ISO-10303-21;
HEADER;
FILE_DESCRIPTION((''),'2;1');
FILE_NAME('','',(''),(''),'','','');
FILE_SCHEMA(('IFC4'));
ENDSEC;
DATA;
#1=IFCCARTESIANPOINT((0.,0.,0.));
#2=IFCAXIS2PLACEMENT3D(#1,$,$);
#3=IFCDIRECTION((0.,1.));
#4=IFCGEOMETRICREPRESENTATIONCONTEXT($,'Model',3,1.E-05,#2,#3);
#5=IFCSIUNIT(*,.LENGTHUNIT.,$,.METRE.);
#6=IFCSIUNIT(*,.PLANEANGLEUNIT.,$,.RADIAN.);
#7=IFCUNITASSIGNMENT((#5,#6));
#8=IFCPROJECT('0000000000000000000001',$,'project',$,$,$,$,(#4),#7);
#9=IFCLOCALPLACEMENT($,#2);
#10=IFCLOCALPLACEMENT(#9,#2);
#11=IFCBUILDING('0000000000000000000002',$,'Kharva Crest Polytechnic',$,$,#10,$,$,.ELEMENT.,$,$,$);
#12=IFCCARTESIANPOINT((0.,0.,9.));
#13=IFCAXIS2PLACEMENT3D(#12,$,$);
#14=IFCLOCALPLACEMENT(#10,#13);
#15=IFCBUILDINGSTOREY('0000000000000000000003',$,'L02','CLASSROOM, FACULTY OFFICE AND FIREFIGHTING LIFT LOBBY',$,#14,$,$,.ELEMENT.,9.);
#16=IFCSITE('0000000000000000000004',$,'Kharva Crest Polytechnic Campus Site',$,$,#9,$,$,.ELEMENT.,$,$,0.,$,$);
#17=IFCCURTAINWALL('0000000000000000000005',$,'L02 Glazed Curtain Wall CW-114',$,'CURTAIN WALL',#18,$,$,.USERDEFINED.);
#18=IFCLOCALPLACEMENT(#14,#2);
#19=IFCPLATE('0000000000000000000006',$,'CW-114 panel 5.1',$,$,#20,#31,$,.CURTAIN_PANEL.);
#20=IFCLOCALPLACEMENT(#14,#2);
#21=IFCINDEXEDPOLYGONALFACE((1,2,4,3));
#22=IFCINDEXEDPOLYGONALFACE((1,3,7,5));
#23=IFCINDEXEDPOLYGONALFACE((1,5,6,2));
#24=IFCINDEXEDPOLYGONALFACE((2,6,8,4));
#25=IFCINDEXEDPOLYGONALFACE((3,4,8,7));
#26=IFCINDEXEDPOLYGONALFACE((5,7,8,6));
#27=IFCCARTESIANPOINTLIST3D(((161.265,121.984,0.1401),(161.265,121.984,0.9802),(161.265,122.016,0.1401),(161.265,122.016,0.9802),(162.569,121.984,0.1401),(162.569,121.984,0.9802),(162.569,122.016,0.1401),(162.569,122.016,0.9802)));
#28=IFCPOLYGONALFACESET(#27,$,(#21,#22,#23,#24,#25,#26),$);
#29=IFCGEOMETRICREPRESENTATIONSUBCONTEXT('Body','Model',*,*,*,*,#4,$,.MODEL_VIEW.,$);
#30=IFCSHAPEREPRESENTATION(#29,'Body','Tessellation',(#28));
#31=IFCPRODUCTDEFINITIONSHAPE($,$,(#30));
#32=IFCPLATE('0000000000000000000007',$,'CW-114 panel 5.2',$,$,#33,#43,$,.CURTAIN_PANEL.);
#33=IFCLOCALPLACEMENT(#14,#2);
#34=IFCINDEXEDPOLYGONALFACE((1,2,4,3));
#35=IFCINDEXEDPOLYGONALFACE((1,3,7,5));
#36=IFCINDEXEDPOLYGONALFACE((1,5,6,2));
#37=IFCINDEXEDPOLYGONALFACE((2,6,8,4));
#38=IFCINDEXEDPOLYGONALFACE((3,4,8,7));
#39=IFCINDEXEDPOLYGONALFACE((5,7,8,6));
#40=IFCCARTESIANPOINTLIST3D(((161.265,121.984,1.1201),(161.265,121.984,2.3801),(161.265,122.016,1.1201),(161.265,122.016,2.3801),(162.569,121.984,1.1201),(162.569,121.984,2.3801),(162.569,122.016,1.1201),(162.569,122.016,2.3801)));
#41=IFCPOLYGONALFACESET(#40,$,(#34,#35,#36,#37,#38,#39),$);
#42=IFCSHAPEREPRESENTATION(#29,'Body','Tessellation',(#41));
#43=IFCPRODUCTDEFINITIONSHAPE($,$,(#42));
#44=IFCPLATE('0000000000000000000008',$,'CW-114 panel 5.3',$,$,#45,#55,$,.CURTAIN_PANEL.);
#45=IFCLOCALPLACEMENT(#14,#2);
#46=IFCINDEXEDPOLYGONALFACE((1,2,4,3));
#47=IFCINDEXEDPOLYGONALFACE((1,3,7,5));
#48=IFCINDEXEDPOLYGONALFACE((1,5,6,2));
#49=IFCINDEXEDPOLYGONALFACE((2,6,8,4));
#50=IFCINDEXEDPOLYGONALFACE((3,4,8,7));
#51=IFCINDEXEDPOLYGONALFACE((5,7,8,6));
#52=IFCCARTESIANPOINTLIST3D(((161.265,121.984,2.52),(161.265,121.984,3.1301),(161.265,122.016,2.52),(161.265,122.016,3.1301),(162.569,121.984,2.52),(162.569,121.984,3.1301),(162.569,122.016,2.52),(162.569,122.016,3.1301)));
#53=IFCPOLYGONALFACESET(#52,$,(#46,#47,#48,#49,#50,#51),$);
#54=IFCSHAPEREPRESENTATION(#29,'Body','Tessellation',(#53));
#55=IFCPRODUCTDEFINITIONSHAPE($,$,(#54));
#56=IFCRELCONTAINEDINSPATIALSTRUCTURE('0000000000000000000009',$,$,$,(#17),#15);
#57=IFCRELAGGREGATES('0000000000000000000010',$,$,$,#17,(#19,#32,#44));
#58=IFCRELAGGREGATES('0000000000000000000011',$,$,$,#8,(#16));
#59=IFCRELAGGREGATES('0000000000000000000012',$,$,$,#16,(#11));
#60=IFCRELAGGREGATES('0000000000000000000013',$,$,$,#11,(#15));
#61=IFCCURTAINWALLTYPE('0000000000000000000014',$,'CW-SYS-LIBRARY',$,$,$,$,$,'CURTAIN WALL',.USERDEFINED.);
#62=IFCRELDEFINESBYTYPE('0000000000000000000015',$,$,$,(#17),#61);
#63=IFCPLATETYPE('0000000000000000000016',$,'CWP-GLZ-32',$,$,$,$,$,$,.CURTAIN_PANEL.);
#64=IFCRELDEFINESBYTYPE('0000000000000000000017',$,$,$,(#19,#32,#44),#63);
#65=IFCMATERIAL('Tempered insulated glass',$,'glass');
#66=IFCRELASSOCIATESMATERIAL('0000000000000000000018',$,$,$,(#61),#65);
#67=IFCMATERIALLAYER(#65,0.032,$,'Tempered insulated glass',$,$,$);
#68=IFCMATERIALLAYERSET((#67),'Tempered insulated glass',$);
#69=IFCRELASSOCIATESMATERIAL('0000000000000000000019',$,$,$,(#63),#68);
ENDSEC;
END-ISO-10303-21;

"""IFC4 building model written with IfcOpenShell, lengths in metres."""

from ifc_helpers import new_model, si_unit, direction, frame, origin, origin_2d, place, context, subcontext, project, spatial, rectangle, extrude, material, layer, layer_set, type_object, element, aggregate, save


model = new_model("IFC4")

# Units and contexts
model_context = context("Model", 3, precision=1e-05, world=origin(), true_north=direction((0.0, 1.0)))
body_context = subcontext(model_context, "Body", "Model", "MODEL_VIEW")
ifc_project = project(units=[si_unit("LENGTHUNIT", "METRE"), si_unit("PLANEANGLEUNIT", "RADIAN")], contexts=[model_context])

# Site, building, storey
site_placement = place(None, origin())
site = spatial("IfcSite", under=ifc_project, at=site_placement, Name="Kharva Crest Polytechnic Campus Site", CompositionType="ELEMENT", RefElevation=0.0)
building_placement = place(site_placement, origin())
building = spatial("IfcBuilding", under=site, at=building_placement, Name="Kharva Crest Polytechnic", CompositionType="ELEMENT")
storey_placement = place(building_placement, frame((0.0, 0.0, 9.0)))
storey = spatial("IfcBuildingStorey", under=building, at=storey_placement, Name="L02", Description="CLASSROOM, FACULTY OFFICE AND FIREFIGHTING LIFT LOBBY", CompositionType="ELEMENT", Elevation=9.0)

# Curtain wall
ifc_material_1 = material(Name="Tempered insulated glass", Category="glass")
curtain_wall_type = type_object("IfcCurtainWallType", Name="CW-SYS-LIBRARY", ElementType="CURTAIN WALL", PredefinedType="USERDEFINED", material=ifc_material_1)
curtain_wall_placement = place(storey_placement, origin())
curtain_wall = element("IfcCurtainWall", 1, at=curtain_wall_placement, inside=storey, type_object=curtain_wall_type, Name="L02 Glazed Curtain Wall CW-114", ObjectType="CURTAIN WALL", PredefinedType="USERDEFINED")

# Plates
ifc_layer = layer(ifc_material_1, 0.032, Name="Tempered insulated glass")
ifc_layer_set = layer_set([ifc_layer], Name="Tempered insulated glass")
plate_type = type_object("IfcPlateType", Name="CWP-GLZ-32", PredefinedType="CURTAIN_PANEL", material=ifc_layer_set)
plate_1_placement = place(storey_placement, frame((161.917, 122.0, 0.1401), z_axis=(0.0, 0.0, 1.0), x_axis=(-1.0, 0.0, 0.0)))
plate_1 = element("IfcPlate", 2, at=plate_1_placement, type_object=plate_type, Name="CW-114 panel 5.1", PredefinedType="CURTAIN_PANEL", context=body_context, shape_type="SweptSolid", body=[
    extrude(rectangle(XDim=1.304, YDim=0.032, at=origin_2d()), origin(), (0.0, 0.0, 1.0), 0.8401),
])
plate_2_placement = place(storey_placement, frame((161.917, 122.0, 1.1201), z_axis=(0.0, 0.0, 1.0), x_axis=(-1.0, 0.0, 0.0)))
plate_2 = element("IfcPlate", 3, at=plate_2_placement, type_object=plate_type, Name="CW-114 panel 5.2", PredefinedType="CURTAIN_PANEL", context=body_context, shape_type="SweptSolid", body=[
    extrude(rectangle(XDim=1.304, YDim=0.032, at=origin_2d()), origin(), (0.0, 0.0, 1.0), 1.26),
])
plate_3_placement = place(storey_placement, frame((161.917, 122.0, 2.52), z_axis=(0.0, 0.0, 1.0), x_axis=(-1.0, 0.0, 0.0)))
plate_3 = element("IfcPlate", 4, at=plate_3_placement, type_object=plate_type, Name="CW-114 panel 5.3", PredefinedType="CURTAIN_PANEL", context=body_context, shape_type="SweptSolid", body=[
    extrude(rectangle(XDim=1.304, YDim=0.032, at=origin_2d()), origin(), (0.0, 0.0, 1.0), 0.6101),
])
aggregate(curtain_wall, [plate_1, plate_2, plate_3])

save(model, "model.ifc")
